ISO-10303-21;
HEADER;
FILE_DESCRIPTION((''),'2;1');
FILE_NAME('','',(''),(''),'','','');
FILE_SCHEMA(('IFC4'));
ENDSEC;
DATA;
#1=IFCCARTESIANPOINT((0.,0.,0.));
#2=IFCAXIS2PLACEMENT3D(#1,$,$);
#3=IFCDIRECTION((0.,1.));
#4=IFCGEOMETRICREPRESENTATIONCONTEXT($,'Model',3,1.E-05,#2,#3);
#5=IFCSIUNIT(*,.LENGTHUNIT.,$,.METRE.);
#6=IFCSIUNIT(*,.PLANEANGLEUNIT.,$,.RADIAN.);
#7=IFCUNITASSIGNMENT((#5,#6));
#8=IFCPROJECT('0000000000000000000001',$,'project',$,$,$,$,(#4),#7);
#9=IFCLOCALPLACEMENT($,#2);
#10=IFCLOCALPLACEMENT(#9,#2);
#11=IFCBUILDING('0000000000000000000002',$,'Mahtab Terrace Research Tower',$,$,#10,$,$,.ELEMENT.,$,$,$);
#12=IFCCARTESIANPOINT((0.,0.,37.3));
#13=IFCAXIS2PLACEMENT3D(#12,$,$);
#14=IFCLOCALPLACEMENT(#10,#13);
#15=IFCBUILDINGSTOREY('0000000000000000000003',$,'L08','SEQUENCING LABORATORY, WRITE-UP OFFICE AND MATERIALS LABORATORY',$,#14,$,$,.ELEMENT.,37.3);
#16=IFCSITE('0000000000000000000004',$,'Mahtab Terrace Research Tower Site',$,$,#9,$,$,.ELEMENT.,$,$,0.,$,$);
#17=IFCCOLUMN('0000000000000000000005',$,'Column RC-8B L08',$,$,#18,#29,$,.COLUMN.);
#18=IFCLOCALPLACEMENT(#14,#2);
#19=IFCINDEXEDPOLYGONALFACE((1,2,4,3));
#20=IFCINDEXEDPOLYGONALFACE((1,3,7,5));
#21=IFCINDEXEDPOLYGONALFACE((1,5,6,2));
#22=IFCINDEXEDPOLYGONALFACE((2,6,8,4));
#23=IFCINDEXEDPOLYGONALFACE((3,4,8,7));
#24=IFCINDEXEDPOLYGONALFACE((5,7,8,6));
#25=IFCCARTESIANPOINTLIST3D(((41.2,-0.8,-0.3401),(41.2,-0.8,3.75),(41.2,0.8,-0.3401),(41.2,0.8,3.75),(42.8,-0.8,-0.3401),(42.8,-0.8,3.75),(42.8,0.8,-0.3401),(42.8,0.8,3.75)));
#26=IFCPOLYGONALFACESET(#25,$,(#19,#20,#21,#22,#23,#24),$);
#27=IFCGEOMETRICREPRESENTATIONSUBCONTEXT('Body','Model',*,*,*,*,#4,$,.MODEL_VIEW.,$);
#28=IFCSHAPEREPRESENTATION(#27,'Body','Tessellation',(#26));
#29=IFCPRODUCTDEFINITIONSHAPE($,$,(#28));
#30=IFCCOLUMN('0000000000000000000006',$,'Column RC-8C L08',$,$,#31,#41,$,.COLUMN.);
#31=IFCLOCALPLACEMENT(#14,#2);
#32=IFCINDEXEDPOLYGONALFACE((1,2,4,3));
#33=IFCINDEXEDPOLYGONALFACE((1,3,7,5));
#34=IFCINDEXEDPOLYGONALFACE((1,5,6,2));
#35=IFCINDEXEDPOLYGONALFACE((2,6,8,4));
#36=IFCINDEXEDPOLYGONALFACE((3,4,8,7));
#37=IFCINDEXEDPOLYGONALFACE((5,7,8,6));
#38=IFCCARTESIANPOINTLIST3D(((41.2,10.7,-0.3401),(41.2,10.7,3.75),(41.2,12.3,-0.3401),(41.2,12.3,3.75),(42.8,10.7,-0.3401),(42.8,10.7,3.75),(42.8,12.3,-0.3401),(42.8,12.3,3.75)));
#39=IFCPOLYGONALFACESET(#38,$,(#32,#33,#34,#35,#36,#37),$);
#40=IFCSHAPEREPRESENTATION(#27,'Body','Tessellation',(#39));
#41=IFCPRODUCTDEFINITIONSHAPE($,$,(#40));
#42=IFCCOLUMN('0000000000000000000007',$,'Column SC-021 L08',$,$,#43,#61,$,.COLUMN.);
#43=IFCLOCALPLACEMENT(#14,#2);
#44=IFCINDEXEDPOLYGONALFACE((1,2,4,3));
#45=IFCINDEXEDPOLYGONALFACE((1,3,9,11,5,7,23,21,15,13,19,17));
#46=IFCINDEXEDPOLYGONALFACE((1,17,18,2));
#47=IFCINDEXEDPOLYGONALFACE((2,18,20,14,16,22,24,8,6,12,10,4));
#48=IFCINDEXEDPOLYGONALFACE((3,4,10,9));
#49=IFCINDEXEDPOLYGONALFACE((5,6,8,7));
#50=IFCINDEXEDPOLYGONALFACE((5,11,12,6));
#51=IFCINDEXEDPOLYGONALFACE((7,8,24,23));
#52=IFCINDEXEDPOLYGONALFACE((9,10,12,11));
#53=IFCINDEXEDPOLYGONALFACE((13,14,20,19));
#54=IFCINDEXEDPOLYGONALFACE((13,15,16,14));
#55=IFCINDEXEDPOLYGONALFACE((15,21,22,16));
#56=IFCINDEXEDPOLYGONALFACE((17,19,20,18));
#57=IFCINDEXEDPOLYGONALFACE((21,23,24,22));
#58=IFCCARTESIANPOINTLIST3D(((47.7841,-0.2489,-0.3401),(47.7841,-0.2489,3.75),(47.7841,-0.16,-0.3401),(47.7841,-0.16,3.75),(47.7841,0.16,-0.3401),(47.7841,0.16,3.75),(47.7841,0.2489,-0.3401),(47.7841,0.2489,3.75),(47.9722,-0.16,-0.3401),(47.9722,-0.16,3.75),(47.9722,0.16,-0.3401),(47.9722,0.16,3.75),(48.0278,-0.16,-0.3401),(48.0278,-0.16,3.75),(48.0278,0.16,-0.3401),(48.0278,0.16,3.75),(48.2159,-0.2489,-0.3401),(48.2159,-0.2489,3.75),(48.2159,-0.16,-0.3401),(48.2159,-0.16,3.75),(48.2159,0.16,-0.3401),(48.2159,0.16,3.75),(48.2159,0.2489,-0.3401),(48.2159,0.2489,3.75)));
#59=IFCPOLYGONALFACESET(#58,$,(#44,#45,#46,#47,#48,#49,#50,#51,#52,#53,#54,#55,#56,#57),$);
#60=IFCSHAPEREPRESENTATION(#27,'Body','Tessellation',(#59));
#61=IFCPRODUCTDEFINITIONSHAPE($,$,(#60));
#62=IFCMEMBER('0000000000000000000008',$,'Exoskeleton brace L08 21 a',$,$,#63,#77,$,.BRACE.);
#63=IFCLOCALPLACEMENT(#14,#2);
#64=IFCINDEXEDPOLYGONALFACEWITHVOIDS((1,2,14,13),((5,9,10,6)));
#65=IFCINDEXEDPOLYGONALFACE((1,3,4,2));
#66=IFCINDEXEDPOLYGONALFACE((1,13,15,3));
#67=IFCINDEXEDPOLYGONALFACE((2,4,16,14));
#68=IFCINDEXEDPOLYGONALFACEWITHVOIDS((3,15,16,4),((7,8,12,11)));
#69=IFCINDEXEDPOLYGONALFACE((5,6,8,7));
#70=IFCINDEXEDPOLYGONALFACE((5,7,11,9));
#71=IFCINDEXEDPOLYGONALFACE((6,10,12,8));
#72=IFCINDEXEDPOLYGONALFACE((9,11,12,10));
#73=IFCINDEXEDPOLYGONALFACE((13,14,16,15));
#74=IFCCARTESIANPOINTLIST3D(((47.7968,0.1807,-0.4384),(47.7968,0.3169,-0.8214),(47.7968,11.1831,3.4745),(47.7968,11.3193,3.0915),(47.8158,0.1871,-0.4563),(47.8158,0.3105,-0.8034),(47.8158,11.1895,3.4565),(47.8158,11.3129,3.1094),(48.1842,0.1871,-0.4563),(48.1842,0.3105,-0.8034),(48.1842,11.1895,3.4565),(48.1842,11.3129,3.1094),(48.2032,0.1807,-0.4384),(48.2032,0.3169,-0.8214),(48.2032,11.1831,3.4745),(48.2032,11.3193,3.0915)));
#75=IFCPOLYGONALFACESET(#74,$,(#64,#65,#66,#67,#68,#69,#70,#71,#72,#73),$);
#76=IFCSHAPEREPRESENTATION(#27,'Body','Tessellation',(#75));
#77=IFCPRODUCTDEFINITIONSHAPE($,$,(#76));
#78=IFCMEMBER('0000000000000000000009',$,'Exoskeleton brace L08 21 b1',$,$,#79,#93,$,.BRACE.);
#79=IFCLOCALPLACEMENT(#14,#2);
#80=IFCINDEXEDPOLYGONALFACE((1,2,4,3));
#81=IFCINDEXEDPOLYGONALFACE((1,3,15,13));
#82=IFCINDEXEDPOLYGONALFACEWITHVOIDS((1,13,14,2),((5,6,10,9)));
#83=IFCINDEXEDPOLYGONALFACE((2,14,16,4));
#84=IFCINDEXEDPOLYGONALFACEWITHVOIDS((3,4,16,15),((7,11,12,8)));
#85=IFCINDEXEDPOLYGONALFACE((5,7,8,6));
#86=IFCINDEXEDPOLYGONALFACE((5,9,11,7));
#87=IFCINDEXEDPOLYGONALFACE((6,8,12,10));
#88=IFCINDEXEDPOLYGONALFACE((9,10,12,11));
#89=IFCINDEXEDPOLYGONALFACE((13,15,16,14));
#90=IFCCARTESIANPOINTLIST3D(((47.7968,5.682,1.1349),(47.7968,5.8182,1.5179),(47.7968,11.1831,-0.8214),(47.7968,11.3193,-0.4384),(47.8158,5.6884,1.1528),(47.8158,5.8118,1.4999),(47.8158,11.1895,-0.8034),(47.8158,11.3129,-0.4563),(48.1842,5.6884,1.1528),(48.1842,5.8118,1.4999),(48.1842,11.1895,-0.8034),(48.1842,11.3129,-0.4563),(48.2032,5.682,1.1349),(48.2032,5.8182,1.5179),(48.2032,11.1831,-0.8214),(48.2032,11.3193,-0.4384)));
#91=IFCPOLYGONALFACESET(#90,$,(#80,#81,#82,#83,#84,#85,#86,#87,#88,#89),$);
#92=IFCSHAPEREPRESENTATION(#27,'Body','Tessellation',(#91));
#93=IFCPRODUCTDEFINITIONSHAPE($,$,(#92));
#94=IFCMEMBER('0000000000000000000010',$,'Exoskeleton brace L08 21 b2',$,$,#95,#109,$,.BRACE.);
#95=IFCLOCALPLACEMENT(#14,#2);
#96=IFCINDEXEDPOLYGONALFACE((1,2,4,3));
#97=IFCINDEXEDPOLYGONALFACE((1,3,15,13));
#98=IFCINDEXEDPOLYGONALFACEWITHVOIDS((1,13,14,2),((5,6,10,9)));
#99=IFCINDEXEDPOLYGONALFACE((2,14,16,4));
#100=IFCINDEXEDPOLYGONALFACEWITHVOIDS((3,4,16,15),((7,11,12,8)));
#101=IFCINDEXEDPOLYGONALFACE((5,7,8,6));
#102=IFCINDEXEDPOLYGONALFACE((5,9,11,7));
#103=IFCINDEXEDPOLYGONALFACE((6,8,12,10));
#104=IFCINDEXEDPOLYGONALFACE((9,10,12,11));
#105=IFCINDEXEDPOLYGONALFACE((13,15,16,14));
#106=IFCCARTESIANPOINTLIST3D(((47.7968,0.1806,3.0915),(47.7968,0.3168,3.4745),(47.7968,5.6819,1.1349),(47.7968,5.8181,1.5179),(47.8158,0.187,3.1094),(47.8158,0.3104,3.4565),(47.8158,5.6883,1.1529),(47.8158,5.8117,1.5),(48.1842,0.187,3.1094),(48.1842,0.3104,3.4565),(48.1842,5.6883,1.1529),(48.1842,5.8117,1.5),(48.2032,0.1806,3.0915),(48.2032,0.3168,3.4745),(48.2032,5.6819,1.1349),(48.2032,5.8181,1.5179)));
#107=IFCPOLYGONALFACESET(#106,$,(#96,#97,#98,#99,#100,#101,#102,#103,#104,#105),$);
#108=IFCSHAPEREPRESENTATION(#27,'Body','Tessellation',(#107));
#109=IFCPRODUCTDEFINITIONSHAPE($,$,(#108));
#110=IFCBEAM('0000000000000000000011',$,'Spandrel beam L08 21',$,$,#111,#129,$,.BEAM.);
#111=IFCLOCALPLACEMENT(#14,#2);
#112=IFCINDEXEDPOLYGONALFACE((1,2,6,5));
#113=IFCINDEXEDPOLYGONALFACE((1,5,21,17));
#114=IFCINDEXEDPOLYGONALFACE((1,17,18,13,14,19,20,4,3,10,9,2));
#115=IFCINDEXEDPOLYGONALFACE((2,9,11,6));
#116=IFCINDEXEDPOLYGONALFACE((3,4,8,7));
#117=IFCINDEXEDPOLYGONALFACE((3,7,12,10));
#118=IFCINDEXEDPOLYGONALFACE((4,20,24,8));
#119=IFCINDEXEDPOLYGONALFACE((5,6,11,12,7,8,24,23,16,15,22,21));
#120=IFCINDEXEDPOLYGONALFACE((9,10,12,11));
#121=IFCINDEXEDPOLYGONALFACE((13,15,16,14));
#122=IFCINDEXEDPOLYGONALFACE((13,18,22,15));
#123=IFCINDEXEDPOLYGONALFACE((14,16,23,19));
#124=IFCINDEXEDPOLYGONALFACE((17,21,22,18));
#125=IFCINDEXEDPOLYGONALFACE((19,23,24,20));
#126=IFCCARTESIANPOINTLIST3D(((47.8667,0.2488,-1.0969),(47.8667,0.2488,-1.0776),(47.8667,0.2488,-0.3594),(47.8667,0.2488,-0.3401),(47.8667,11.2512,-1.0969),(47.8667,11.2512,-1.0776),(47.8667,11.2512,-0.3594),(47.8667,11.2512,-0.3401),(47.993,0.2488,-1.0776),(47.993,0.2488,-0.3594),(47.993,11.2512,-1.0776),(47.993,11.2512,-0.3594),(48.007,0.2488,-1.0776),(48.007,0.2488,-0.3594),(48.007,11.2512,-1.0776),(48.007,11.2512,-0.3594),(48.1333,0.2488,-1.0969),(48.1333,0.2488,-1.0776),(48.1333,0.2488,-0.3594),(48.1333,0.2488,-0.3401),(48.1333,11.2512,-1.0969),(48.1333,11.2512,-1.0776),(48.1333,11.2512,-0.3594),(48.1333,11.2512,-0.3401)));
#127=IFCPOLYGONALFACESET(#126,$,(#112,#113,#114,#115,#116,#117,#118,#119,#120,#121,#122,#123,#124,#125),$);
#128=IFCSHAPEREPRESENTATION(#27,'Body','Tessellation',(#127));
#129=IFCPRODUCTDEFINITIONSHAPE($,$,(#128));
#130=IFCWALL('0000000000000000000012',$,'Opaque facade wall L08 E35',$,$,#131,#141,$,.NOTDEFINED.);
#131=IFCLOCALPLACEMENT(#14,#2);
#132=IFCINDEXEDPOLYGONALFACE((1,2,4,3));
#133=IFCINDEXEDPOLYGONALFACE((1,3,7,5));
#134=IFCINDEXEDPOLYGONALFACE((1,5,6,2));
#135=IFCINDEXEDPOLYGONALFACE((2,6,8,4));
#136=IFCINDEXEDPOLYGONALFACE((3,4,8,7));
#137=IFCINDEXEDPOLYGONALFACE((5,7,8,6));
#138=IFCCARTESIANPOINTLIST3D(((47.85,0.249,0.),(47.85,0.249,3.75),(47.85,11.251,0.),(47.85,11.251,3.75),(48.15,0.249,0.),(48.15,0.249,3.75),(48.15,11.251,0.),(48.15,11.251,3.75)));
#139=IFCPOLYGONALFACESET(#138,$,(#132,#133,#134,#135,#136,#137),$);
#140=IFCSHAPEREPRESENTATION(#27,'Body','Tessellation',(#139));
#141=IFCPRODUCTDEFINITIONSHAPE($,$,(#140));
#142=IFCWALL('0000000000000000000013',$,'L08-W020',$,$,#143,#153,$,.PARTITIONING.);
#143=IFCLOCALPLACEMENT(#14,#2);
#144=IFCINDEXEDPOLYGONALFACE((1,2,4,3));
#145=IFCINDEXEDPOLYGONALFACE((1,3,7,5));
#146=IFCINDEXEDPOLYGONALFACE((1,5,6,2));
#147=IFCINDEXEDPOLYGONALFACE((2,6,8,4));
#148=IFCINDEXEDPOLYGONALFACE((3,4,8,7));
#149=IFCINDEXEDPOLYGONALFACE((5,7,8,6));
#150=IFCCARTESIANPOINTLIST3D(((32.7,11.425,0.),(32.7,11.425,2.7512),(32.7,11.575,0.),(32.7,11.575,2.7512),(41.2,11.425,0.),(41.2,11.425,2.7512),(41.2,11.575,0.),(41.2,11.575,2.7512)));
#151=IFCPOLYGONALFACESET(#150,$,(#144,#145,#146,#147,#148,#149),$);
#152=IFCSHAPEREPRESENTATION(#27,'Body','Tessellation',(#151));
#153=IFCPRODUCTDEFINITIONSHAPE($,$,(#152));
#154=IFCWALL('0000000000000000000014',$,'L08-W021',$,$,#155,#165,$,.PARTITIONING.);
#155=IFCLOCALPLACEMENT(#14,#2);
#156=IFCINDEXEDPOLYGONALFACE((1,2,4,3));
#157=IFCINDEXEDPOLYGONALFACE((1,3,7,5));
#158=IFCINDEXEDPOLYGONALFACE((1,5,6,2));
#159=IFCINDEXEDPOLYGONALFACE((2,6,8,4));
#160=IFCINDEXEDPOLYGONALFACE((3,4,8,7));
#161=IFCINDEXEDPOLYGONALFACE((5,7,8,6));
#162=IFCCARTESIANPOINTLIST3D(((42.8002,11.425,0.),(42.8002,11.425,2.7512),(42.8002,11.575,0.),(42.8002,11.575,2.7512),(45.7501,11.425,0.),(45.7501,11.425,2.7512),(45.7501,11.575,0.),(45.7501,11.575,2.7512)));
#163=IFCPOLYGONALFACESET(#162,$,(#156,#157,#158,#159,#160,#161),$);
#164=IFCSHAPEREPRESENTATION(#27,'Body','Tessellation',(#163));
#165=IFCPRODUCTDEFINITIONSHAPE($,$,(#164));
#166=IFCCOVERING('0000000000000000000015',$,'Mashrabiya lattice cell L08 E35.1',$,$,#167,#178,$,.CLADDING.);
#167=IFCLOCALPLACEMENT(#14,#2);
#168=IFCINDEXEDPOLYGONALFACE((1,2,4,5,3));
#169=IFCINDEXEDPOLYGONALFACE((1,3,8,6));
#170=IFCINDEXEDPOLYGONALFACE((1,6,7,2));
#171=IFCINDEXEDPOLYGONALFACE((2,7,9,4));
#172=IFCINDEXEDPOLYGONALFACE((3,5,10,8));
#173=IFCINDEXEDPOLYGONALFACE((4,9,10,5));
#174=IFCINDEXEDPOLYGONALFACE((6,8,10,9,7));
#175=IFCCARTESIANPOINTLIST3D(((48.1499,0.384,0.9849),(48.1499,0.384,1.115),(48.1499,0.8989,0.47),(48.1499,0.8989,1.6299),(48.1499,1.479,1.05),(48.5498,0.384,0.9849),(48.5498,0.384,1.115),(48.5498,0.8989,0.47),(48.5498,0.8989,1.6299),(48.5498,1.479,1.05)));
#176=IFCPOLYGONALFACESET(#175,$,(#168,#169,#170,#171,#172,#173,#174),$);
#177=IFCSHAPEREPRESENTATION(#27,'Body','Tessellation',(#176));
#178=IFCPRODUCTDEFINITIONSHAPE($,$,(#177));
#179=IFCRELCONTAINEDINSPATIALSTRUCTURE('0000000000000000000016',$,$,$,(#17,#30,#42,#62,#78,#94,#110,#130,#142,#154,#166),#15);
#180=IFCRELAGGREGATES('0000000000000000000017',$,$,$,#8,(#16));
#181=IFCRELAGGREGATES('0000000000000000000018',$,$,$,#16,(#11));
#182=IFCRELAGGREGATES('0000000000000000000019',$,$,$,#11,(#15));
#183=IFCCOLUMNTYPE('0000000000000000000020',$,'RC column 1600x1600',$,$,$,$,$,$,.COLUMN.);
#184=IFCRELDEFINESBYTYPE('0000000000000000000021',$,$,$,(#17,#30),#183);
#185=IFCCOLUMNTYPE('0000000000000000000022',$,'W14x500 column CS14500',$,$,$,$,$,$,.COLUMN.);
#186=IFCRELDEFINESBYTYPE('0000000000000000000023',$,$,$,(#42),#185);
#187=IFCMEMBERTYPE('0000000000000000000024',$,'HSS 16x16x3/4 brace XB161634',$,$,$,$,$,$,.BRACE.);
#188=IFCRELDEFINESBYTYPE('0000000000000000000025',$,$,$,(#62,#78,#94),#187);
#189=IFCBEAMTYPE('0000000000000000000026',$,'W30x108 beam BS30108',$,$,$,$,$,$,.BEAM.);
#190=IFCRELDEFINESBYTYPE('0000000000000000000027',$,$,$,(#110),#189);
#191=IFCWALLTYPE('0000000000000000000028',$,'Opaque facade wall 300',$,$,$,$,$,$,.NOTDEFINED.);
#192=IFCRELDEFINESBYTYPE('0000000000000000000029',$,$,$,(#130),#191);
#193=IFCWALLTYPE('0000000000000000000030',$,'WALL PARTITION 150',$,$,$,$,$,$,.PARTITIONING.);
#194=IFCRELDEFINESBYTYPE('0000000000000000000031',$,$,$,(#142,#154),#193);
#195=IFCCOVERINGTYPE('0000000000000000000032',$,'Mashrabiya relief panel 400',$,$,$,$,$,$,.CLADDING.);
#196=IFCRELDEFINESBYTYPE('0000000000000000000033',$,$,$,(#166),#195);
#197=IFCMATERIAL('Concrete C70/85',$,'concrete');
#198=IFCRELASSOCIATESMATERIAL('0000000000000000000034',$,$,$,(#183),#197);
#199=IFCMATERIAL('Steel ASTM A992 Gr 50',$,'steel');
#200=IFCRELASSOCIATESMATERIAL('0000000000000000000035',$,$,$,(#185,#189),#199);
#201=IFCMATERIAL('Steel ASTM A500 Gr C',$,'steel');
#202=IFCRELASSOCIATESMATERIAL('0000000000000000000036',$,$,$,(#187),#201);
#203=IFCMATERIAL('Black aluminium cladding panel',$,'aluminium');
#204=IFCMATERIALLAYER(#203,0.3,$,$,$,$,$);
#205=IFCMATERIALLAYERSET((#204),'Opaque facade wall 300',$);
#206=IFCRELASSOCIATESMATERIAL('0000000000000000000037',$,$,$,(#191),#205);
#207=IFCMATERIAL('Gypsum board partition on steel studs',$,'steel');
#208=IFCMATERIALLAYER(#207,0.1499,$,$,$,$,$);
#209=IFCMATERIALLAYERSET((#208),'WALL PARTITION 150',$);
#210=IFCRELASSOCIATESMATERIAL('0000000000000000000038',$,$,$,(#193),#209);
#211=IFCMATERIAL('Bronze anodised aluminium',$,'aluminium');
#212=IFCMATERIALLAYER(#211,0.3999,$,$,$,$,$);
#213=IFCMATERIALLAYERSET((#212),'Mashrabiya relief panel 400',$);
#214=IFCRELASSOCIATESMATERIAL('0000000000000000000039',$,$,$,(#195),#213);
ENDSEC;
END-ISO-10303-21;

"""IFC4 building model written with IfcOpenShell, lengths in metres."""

from ifc_helpers import new_model, si_unit, direction, frame, frame_2d, origin, origin_2d, place, context, subcontext, project, spatial, polyline, rectangle, hollow_rectangle, i_section, outline, extrude, material, layer, layer_set, material_profile, profile_set, type_object, element, save


model = new_model("IFC4")

# Units and contexts
model_context = context("Model", 3, precision=1e-05, world=origin(), true_north=direction((0.0, 1.0)))
body_context = subcontext(model_context, "Body", "Model", "MODEL_VIEW")
ifc_project = project(units=[si_unit("LENGTHUNIT", "METRE"), si_unit("PLANEANGLEUNIT", "RADIAN")], contexts=[model_context])

# Site, building, storey
site_placement = place(None, origin())
site = spatial("IfcSite", under=ifc_project, at=site_placement, Name="Mahtab Terrace Research Tower Site", CompositionType="ELEMENT", RefElevation=0.0)
building_placement = place(site_placement, origin())
building = spatial("IfcBuilding", under=site, at=building_placement, Name="Mahtab Terrace Research Tower", CompositionType="ELEMENT")
storey_placement = place(building_placement, frame((0.0, 0.0, 37.3)))
storey = spatial("IfcBuildingStorey", under=building, at=storey_placement, Name="L08", Description="SEQUENCING LABORATORY, WRITE-UP OFFICE AND MATERIALS LABORATORY", CompositionType="ELEMENT", Elevation=37.3)

# Columns
ifc_material_1 = material(Name="Concrete C70/85", Category="concrete")
ifc_material_profile_1 = material_profile(ifc_material_1, rectangle(XDim=1.6001, YDim=1.6001, at=origin_2d()), Name="RC column 1600x1600")
ifc_profile_set_1 = profile_set([ifc_material_profile_1], Name="Concrete C70/85")
column_type_1 = type_object("IfcColumnType", Name="RC column 1600x1600", PredefinedType="COLUMN", material=ifc_profile_set_1)
for number, where, z_axis, x_axis, name in (
    (1, (42.0, 0.0, -0.3401), (0.0, 0.0, 1.0), (1.0, 0.0, 0.0), "Column RC-8B L08"),
    (2, (42.0, 11.5, -0.3401), (0.0, 0.0, 1.0), (1.0, 0.0, 0.0), "Column RC-8C L08"),
):
    element("IfcColumn", number, at=place(storey_placement, frame(where, z_axis=z_axis, x_axis=x_axis)), inside=storey, type_object=column_type_1, Name=name, PredefinedType="COLUMN", context=body_context, shape_type="SweptSolid", body=[
        extrude(rectangle(XDim=1.6001, YDim=1.6001, at=origin_2d()), origin(), (0.0, 0.0, 1.0), 4.0901),
    ])
ifc_material_2 = material(Name="Steel ASTM A992 Gr 50", Category="steel")
ifc_material_profile_2 = material_profile(ifc_material_2, i_section(OverallWidth=0.4319, OverallDepth=0.4978, WebThickness=0.0557, FlangeThickness=0.0889, at=origin_2d()), Name="W14X500")
ifc_profile_set_2 = profile_set([ifc_material_profile_2], Name="Steel ASTM A992 Gr 50")
column_type_2 = type_object("IfcColumnType", Name="W14x500 column CS14500", PredefinedType="COLUMN", material=ifc_profile_set_2)
column_placement = place(storey_placement, frame((48.0, 0.0, -0.3401), z_axis=(0.0, 0.0, 1.0), x_axis=(1.0, 0.0, 0.0)))
element("IfcColumn", 3, at=column_placement, inside=storey, type_object=column_type_2, Name="Column SC-021 L08", PredefinedType="COLUMN", context=body_context, shape_type="SweptSolid", body=[
    extrude(i_section(OverallWidth=0.4319, OverallDepth=0.4978, WebThickness=0.0557, FlangeThickness=0.0889, at=origin_2d()), origin(), (0.0, 0.0, 1.0), 4.0901),
])

# Members
ifc_material_3 = material(Name="Steel ASTM A500 Gr C", Category="steel")
ifc_material_profile_3 = material_profile(ifc_material_3, hollow_rectangle(XDim=0.4065, YDim=0.4065, WallThickness=0.019, at=origin_2d()), Name="HSS16X16X3/4")
ifc_profile_set_3 = profile_set([ifc_material_profile_3], Name="Steel ASTM A500 Gr C")
member_type = type_object("IfcMemberType", Name="HSS 16x16x3/4 brace XB161634", PredefinedType="BRACE", material=ifc_profile_set_3)
member_1_placement = place(storey_placement, frame((48.0, 0.2488, -0.6299), z_axis=(0.0, 0.942191, 0.335075), x_axis=(-1.0, 0.0, 0.0)))
element("IfcMember", 4, at=member_1_placement, inside=storey, type_object=member_type, Name="Exoskeleton brace L08 21 a", PredefinedType="BRACE", context=body_context, shape_type="SweptSolid", body=[
    extrude(hollow_rectangle(XDim=0.4065, YDim=0.4065, WallThickness=0.019, at=origin_2d()), origin(), (0.0, 0.0, 1.0), 11.6775),
])
member_2_placement = place(storey_placement, frame((48.0, 11.2512, -0.6299), z_axis=(0.0, -0.942198, 0.335057), x_axis=(1.0, 0.0, 0.0)))
element("IfcMember", 5, at=member_2_placement, inside=storey, type_object=member_type, Name="Exoskeleton brace L08 21 b1", PredefinedType="BRACE", context=body_context, shape_type="SweptSolid", body=[
    extrude(hollow_rectangle(XDim=0.4065, YDim=0.4065, WallThickness=0.019, at=origin_2d()), origin(), (0.0, 0.0, 1.0), 5.8386),
])
member_3_placement = place(storey_placement, frame((48.0, 5.75, 1.3264), z_axis=(0.0, -0.942185, 0.335094), x_axis=(1.0, 0.0, 0.0)))
element("IfcMember", 6, at=member_3_placement, inside=storey, type_object=member_type, Name="Exoskeleton brace L08 21 b2", PredefinedType="BRACE", context=body_context, shape_type="SweptSolid", body=[
    extrude(hollow_rectangle(XDim=0.4065, YDim=0.4065, WallThickness=0.019, at=origin_2d()), origin(), (0.0, 0.0, 1.0), 5.8389),
])

# Beam
ifc_material_profile_4 = material_profile(ifc_material_2, i_section(OverallWidth=0.2666, OverallDepth=0.7568, WebThickness=0.0139, FlangeThickness=0.0193, at=origin_2d()), Name="W30X108")
ifc_profile_set_4 = profile_set([ifc_material_profile_4], Name="Steel ASTM A992 Gr 50")
beam_type = type_object("IfcBeamType", Name="W30x108 beam BS30108", PredefinedType="BEAM", material=ifc_profile_set_4)
beam_placement = place(storey_placement, frame((48.0, 0.2488, -0.7185), z_axis=(0.0, 1.0, 0.0), x_axis=(-1.0, 0.0, 0.0)))
element("IfcBeam", 7, at=beam_placement, inside=storey, type_object=beam_type, Name="Spandrel beam L08 21", PredefinedType="BEAM", context=body_context, shape_type="SweptSolid", body=[
    extrude(i_section(OverallWidth=0.2666, OverallDepth=0.7568, WebThickness=0.0139, FlangeThickness=0.0193, at=origin_2d()), origin(), (0.0, 0.0, 1.0), 11.0024),
])

# Walls
ifc_material_4 = material(Name="Black aluminium cladding panel", Category="aluminium")
ifc_layer_1 = layer(ifc_material_4, 0.3)
ifc_layer_set_1 = layer_set([ifc_layer_1], Name="Opaque facade wall 300")
wall_type_1 = type_object("IfcWallType", Name="Opaque facade wall 300", PredefinedType="NOTDEFINED", material=ifc_layer_set_1)
wall_1_placement = place(storey_placement, frame((48.0, 0.249, 0.0), z_axis=(0.0, 0.0, 1.0), x_axis=(0.0, 1.0, 0.0)))
element("IfcWall", 8, at=wall_1_placement, inside=storey, type_object=wall_type_1, Name="Opaque facade wall L08 E35", PredefinedType="NOTDEFINED", context=body_context, shape_type="SweptSolid", body=[
    extrude(rectangle(XDim=11.002, YDim=0.3, at=frame_2d((5.501, 0.0))), origin(), (0.0, 0.0, 1.0), 3.75),
])
ifc_material_5 = material(Name="Gypsum board partition on steel studs", Category="steel")
ifc_layer_2 = layer(ifc_material_5, 0.1499)
ifc_layer_set_2 = layer_set([ifc_layer_2], Name="WALL PARTITION 150")
wall_type_2 = type_object("IfcWallType", Name="WALL PARTITION 150", PredefinedType="PARTITIONING", material=ifc_layer_set_2)
wall_2_placement = place(storey_placement, frame((32.7, 11.5, 0.0), z_axis=(0.0, 0.0, 1.0), x_axis=(1.0, 0.0, 0.0)))
element("IfcWall", 9, at=wall_2_placement, inside=storey, type_object=wall_type_2, Name="L08-W020", PredefinedType="PARTITIONING", context=body_context, shape_type="SweptSolid", body=[
    extrude(rectangle(XDim=8.5, YDim=0.1499, at=frame_2d((4.25, 0.0))), origin(), (0.0, 0.0, 1.0), 2.7512),
])
wall_3_placement = place(storey_placement, frame((42.8, 11.5, 0.0), z_axis=(0.0, 0.0, 1.0), x_axis=(1.0, 0.0, 0.0)))
element("IfcWall", 10, at=wall_3_placement, inside=storey, type_object=wall_type_2, Name="L08-W021", PredefinedType="PARTITIONING", context=body_context, shape_type="SweptSolid", body=[
    extrude(rectangle(XDim=2.95, YDim=0.1499, at=frame_2d((1.4751, 0.0))), origin(), (0.0, 0.0, 1.0), 2.7512),
])

# Covering
ifc_material_6 = material(Name="Bronze anodised aluminium", Category="aluminium")
ifc_layer_3 = layer(ifc_material_6, 0.3999)
ifc_layer_set_3 = layer_set([ifc_layer_3], Name="Mashrabiya relief panel 400")
covering_type = type_object("IfcCoveringType", Name="Mashrabiya relief panel 400", PredefinedType="CLADDING", material=ifc_layer_set_3)
covering_1_placement = place(storey_placement, frame((48.1499, 0.8989, 1.6299), z_axis=(-1.0, 0.0, 0.0), x_axis=(0.0, 0.707256, -0.706958)))
element("IfcCovering", 11, at=covering_1_placement, inside=storey, type_object=covering_type, Name="Mashrabiya lattice cell L08 E35.1", PredefinedType="CLADDING", context=body_context, shape_type="SweptSolid", body=[
    extrude(outline(polyline([(0.0, 0.0), (0.8202, 0.0), (0.82, 0.8204), (0.0918, 0.8202), (-0.0002, 0.7282), (0.0, 0.0)])), origin(), (0.0, 0.0, -1.0), 0.3999),
])

save(model, "model.ifc")
